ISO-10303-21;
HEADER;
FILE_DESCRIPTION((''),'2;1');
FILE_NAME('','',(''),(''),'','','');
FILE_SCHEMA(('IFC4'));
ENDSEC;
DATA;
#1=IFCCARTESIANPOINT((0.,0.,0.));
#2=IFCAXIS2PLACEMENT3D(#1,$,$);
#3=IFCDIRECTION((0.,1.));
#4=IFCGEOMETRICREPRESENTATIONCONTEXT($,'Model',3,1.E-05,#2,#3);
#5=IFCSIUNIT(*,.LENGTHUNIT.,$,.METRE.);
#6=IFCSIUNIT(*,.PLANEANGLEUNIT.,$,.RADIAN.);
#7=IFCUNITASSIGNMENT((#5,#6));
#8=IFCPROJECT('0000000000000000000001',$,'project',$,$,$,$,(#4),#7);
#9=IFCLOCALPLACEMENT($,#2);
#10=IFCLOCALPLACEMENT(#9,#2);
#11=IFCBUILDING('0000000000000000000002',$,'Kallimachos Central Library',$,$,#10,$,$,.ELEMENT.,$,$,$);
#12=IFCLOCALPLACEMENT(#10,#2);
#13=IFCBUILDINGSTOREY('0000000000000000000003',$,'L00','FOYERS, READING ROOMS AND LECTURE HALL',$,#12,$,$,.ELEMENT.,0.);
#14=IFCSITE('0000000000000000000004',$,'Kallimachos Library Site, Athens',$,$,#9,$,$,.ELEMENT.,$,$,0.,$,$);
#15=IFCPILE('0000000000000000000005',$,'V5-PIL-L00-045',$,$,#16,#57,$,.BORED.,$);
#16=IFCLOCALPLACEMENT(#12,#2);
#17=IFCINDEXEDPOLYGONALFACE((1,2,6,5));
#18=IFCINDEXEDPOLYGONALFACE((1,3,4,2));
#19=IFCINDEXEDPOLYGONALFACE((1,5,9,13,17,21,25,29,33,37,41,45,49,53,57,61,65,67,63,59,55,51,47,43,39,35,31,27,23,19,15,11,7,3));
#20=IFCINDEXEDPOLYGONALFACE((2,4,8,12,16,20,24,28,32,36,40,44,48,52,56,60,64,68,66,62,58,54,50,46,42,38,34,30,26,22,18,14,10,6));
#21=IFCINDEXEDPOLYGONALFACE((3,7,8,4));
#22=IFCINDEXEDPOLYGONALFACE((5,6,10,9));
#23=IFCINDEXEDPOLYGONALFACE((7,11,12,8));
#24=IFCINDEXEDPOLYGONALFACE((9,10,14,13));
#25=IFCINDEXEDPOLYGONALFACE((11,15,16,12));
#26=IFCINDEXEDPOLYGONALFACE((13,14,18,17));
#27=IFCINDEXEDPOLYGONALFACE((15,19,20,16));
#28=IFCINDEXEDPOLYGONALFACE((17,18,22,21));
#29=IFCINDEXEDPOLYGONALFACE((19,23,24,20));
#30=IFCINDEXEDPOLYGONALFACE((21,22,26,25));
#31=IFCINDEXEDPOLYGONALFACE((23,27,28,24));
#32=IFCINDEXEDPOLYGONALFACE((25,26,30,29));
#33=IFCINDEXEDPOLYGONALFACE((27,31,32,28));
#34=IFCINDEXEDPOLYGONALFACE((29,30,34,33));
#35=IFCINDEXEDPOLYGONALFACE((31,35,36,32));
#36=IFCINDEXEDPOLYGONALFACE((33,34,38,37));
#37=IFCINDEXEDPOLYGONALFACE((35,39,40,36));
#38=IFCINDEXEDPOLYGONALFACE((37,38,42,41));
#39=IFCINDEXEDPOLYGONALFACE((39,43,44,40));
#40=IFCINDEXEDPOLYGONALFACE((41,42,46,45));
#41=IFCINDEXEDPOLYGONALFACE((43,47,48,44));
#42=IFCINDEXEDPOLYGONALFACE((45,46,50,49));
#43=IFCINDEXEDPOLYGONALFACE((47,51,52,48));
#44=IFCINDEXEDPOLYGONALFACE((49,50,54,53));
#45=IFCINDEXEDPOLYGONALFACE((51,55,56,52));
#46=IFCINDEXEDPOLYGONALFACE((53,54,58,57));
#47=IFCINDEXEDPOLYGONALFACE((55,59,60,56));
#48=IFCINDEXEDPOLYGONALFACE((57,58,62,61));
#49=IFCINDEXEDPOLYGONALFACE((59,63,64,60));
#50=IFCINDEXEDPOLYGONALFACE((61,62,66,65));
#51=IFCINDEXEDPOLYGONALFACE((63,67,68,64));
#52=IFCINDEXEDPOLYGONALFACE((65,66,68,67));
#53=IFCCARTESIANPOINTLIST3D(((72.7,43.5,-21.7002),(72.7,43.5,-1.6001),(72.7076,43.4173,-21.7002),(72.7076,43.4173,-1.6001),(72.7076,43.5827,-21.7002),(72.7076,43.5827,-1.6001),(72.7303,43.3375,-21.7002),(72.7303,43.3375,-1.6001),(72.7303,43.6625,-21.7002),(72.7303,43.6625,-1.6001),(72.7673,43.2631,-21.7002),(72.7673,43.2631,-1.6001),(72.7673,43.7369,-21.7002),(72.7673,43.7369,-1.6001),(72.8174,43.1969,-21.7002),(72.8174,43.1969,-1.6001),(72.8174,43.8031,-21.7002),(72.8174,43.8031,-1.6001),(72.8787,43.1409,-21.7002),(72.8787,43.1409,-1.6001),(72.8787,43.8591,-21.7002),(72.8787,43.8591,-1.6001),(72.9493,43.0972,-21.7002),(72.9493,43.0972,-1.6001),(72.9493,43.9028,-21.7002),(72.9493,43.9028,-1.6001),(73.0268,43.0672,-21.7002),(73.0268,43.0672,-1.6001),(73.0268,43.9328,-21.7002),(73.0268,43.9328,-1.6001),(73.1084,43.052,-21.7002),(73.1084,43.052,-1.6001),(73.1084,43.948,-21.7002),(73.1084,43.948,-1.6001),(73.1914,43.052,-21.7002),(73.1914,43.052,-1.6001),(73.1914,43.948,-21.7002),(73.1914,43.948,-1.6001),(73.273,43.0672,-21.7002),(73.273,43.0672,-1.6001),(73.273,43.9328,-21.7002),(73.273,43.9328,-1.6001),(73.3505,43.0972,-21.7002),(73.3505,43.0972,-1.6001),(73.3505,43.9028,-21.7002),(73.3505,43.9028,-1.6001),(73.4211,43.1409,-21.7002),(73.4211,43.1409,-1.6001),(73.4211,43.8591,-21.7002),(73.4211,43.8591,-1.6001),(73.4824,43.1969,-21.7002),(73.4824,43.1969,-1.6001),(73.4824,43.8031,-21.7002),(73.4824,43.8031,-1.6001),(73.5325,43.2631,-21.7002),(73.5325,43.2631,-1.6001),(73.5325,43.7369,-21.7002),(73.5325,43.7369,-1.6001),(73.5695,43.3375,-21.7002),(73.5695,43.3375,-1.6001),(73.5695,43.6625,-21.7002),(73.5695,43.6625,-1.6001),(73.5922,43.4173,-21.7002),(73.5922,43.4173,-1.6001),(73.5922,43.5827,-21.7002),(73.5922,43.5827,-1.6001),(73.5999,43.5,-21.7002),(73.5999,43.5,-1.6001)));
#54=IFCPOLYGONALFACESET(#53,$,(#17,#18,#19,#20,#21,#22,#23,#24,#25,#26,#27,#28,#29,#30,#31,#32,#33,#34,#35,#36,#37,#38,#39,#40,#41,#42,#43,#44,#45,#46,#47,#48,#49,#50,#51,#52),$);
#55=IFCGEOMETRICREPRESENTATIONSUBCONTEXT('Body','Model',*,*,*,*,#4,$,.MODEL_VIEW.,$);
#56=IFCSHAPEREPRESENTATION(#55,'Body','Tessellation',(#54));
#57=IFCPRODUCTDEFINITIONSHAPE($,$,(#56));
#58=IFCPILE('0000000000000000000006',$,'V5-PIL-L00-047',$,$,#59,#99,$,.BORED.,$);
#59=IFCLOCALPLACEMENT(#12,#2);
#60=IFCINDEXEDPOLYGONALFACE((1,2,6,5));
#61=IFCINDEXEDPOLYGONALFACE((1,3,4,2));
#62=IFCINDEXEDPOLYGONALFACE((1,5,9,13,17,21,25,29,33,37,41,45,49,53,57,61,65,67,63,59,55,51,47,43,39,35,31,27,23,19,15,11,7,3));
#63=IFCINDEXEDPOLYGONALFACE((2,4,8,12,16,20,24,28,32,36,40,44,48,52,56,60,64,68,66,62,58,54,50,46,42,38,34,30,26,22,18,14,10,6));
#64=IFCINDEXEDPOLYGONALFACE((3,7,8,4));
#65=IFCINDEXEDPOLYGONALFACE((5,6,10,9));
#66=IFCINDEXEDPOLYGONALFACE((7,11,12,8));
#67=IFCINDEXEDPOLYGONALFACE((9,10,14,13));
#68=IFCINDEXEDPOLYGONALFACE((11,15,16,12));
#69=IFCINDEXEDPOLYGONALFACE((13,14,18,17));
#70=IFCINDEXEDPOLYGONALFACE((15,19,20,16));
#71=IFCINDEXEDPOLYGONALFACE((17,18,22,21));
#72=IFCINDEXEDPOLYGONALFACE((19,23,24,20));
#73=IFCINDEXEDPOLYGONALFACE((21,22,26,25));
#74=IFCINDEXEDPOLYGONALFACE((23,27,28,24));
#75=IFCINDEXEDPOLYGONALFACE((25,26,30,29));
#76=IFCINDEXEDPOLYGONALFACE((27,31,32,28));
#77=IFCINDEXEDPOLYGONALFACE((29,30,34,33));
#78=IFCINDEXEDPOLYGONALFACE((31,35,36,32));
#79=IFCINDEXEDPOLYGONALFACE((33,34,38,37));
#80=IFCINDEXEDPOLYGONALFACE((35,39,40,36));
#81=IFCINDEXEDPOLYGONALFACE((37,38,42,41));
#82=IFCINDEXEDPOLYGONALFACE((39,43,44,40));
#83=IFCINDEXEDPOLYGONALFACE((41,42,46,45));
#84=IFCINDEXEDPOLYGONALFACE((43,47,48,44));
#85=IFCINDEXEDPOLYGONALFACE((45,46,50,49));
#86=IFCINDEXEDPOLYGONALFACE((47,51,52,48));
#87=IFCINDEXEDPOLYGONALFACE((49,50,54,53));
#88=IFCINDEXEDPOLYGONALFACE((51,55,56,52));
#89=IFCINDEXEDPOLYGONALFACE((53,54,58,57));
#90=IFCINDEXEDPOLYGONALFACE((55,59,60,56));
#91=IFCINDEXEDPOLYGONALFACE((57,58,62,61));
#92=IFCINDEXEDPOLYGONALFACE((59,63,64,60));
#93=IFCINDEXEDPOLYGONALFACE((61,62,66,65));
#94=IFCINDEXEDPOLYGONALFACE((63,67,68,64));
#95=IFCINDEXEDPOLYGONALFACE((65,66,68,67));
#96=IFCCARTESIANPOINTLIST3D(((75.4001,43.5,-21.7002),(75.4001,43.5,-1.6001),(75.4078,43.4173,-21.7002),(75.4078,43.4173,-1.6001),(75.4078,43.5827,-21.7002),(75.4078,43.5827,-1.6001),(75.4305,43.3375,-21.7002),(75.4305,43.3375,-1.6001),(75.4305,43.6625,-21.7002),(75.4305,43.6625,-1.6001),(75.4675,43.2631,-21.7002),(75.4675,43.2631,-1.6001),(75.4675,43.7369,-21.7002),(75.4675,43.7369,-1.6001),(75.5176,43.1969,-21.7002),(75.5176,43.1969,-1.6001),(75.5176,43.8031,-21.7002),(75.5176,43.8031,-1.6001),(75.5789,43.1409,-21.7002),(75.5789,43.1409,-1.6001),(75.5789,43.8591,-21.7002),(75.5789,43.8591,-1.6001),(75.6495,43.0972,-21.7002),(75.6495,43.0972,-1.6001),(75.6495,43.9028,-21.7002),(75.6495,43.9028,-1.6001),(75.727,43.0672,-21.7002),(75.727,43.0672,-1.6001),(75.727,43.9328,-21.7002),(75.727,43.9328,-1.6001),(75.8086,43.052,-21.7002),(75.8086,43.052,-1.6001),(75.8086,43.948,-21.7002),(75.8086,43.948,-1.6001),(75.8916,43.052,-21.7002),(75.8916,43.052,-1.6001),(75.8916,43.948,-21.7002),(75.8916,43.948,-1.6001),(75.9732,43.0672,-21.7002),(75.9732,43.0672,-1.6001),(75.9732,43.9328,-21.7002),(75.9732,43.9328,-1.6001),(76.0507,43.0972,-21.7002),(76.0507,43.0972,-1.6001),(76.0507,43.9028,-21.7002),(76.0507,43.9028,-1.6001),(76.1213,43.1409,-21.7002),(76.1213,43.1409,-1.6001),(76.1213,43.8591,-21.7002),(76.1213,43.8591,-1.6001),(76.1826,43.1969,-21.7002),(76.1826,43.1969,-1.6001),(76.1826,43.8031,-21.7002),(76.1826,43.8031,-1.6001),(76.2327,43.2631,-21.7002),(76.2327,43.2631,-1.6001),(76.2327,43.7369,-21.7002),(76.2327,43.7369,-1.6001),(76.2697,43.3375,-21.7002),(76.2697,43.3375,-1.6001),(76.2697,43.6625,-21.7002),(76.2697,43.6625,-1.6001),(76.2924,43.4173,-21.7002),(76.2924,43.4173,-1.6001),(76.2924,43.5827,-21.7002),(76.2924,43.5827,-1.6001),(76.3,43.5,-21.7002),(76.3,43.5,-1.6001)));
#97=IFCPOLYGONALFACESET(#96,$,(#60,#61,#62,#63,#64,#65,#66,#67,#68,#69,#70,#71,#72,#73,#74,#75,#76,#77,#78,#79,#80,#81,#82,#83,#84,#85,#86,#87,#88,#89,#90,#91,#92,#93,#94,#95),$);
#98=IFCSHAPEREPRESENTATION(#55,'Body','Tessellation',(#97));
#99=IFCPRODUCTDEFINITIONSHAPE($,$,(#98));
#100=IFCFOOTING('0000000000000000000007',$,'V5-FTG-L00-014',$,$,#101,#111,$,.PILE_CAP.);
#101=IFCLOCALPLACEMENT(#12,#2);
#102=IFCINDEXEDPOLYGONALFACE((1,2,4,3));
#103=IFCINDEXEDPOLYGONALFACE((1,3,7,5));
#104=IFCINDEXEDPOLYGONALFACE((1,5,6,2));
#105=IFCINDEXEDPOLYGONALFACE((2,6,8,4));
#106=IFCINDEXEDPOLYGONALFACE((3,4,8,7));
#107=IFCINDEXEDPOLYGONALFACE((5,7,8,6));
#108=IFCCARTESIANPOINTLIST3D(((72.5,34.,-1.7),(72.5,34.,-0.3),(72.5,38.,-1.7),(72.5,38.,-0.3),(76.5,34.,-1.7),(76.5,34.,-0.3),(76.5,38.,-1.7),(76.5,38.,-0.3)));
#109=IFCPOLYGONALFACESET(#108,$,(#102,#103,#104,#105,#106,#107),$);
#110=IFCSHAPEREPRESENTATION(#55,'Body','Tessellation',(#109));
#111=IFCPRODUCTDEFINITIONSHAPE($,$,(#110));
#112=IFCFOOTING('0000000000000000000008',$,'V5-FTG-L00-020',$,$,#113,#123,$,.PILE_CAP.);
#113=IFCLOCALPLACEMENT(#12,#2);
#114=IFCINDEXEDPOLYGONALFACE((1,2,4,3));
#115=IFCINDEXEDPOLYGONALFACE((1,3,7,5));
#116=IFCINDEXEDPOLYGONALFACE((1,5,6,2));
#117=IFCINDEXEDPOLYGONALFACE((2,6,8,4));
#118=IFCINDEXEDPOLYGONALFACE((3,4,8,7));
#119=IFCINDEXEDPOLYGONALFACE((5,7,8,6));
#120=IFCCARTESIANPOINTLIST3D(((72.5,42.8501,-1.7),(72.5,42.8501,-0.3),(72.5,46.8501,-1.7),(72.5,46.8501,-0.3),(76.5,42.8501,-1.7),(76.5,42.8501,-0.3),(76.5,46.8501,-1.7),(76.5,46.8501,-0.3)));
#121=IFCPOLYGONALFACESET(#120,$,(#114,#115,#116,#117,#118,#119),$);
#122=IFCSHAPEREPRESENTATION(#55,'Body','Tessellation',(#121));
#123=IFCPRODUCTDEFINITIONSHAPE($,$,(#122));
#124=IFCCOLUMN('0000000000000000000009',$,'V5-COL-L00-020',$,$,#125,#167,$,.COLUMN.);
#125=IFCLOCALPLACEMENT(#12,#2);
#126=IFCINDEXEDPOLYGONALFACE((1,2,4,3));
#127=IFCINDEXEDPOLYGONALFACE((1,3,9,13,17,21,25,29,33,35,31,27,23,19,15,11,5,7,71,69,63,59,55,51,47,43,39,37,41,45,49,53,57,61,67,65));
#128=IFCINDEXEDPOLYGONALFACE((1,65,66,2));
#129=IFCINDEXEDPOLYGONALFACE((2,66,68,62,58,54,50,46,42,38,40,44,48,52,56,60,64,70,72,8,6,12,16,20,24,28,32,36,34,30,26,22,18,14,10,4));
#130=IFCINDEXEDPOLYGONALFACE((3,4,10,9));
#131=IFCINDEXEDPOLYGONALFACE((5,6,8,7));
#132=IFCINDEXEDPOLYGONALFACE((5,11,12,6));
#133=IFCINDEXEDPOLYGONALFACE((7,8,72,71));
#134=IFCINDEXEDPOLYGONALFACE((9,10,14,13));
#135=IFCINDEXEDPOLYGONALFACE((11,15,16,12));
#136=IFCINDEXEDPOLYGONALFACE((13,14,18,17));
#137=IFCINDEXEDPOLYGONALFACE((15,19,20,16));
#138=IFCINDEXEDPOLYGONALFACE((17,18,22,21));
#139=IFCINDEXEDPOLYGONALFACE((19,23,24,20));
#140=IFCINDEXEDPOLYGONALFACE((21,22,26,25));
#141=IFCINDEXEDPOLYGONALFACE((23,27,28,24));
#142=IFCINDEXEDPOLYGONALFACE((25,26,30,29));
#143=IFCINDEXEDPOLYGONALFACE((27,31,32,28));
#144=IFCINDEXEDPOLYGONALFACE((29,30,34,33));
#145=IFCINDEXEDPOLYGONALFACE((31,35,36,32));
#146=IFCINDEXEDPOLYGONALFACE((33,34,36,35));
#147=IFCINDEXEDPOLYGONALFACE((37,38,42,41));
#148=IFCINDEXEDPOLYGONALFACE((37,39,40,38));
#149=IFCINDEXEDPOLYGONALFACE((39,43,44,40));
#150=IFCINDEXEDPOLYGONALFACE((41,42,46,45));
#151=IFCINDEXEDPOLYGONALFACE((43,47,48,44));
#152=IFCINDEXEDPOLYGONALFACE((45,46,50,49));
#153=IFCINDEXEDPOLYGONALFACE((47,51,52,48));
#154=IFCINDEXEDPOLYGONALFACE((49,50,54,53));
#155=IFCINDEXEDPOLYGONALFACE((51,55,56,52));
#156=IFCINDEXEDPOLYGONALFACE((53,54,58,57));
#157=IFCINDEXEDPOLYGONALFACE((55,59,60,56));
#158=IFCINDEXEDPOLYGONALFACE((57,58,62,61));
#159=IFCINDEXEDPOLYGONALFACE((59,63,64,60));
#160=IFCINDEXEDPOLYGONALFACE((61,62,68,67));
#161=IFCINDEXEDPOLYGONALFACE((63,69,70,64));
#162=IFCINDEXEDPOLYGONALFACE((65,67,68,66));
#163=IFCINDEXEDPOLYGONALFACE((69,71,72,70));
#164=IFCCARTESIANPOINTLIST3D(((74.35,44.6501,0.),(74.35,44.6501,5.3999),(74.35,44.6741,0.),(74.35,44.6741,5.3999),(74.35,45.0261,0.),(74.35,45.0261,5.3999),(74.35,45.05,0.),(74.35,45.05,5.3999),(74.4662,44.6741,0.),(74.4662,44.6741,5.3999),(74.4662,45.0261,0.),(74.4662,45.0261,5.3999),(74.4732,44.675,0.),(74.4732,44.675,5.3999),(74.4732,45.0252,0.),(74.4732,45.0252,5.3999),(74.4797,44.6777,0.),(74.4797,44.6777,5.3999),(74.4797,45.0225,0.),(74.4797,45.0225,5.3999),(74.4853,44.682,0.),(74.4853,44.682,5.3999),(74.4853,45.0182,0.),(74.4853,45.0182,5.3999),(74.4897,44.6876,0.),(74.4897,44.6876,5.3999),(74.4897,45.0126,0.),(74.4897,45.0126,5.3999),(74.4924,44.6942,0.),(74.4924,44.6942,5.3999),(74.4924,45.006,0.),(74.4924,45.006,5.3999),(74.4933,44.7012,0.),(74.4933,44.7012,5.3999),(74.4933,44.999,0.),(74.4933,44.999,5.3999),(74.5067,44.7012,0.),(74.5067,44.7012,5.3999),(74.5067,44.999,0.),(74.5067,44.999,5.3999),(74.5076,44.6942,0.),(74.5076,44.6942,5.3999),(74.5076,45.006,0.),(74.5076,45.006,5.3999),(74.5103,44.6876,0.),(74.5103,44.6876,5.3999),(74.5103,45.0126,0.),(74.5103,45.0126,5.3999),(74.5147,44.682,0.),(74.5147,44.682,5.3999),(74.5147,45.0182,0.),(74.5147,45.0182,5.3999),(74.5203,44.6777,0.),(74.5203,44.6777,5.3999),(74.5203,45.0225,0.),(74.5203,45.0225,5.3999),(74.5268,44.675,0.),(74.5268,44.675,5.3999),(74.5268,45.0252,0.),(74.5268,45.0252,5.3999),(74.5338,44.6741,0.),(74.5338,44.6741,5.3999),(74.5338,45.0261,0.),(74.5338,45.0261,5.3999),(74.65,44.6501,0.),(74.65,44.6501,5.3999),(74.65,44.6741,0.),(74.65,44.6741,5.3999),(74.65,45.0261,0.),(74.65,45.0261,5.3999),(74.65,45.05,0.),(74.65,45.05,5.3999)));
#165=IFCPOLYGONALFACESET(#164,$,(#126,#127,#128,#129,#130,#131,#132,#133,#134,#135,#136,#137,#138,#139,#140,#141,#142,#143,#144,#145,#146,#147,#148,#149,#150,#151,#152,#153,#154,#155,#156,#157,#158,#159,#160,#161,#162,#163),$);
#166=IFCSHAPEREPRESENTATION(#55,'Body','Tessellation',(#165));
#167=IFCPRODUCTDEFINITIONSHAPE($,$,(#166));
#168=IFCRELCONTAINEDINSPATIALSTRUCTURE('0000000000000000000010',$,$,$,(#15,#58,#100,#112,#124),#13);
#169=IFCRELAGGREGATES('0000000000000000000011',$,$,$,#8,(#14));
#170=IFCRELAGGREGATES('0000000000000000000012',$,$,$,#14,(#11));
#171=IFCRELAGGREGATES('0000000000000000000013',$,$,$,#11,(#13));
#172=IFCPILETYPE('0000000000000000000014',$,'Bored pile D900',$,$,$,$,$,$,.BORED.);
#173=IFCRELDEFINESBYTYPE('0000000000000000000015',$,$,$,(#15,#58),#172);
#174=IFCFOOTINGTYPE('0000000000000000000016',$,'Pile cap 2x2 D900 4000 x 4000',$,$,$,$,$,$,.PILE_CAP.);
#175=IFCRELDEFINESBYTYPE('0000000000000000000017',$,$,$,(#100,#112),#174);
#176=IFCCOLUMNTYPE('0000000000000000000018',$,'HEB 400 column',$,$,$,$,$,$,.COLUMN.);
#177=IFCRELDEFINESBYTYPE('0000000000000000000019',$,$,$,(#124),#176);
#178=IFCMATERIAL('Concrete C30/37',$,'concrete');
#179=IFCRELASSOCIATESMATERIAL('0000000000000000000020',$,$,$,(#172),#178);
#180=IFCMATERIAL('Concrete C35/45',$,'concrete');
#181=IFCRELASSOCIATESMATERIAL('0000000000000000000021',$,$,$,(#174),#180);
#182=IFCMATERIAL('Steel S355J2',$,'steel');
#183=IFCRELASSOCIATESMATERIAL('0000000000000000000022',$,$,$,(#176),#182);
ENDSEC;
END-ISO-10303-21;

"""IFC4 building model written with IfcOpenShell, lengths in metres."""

from ifc_helpers import new_model, si_unit, direction, frame, origin, origin_2d, place, context, subcontext, project, spatial, rectangle, circle, i_section, extrude, material, material_profile, profile_set, type_object, element, save


model = new_model("IFC4")

# Units and contexts
model_context = context("Model", 3, precision=1e-05, world=origin(), true_north=direction((0.0, 1.0)))
body_context = subcontext(model_context, "Body", "Model", "MODEL_VIEW")
ifc_project = project(units=[si_unit("LENGTHUNIT", "METRE"), si_unit("PLANEANGLEUNIT", "RADIAN")], contexts=[model_context])

# Site, building, storey
site_placement = place(None, origin())
site = spatial("IfcSite", under=ifc_project, at=site_placement, Name="Kallimachos Library Site, Athens", CompositionType="ELEMENT", RefElevation=0.0)
building_placement = place(site_placement, origin())
building = spatial("IfcBuilding", under=site, at=building_placement, Name="Kallimachos Central Library", CompositionType="ELEMENT")
storey_placement = place(building_placement, origin())
storey = spatial("IfcBuildingStorey", under=building, at=storey_placement, Name="L00", Description="FOYERS, READING ROOMS AND LECTURE HALL", CompositionType="ELEMENT", Elevation=0.0)

# Piles
ifc_material_1 = material(Name="Concrete C30/37", Category="concrete")
pile_type = type_object("IfcPileType", Name="Bored pile D900", PredefinedType="BORED", material=ifc_material_1)
for number, where, z_axis, x_axis, name in (
    (1, (73.1499, 43.5, -1.6001), (0.0, 0.0, -1.0), (1.0, 0.0, 0.0), "V5-PIL-L00-045"),
    (2, (75.8501, 43.5, -1.6001), (0.0, 0.0, -1.0), (1.0, 0.0, 0.0), "V5-PIL-L00-047"),
):
    element("IfcPile", number, at=place(storey_placement, frame(where, z_axis=z_axis, x_axis=x_axis)), inside=storey, type_object=pile_type, Name=name, PredefinedType="BORED", context=body_context, shape_type="SweptSolid", body=[
        extrude(circle(Radius=0.45, at=origin_2d()), origin(), (0.0, 0.0, 1.0), 20.1001),
    ])

# Footings
ifc_material_2 = material(Name="Concrete C35/45", Category="concrete")
footing_type = type_object("IfcFootingType", Name="Pile cap 2x2 D900 4000 x 4000", PredefinedType="PILE_CAP", material=ifc_material_2)
for number, where, z_axis, x_axis, name in (
    (3, (74.5, 36.0, -1.7), (0.0, 0.0, 1.0), (1.0, 0.0, 0.0), "V5-FTG-L00-014"),
    (4, (74.5, 44.8501, -1.7), (0.0, 0.0, 1.0), (1.0, 0.0, 0.0), "V5-FTG-L00-020"),
):
    element("IfcFooting", number, at=place(storey_placement, frame(where, z_axis=z_axis, x_axis=x_axis)), inside=storey, type_object=footing_type, Name=name, PredefinedType="PILE_CAP", context=body_context, shape_type="SweptSolid", body=[
        extrude(rectangle(XDim=4.0, YDim=4.0, at=origin_2d()), origin(), (0.0, 0.0, 1.0), 1.3999),
    ])

# Column
ifc_material_3 = material(Name="Steel S355J2", Category="steel")
ifc_material_profile_1 = material_profile(ifc_material_3, i_section(OverallWidth=0.3, OverallDepth=0.3999, WebThickness=0.0134, FlangeThickness=0.0239, FilletRadius=0.0271, at=origin_2d()), Name="HEB 400")
ifc_profile_set_1 = profile_set([ifc_material_profile_1], Name="Steel S355J2")
column_type_1 = type_object("IfcColumnType", Name="HEB 400 column", PredefinedType="COLUMN", material=ifc_profile_set_1)
column_1_placement = place(storey_placement, frame((74.5, 44.8501, 0.0), z_axis=(0.0, 0.0, 1.0), x_axis=(1.0, 0.0, 0.0)))
element("IfcColumn", 5, at=column_1_placement, inside=storey, type_object=column_type_1, Name="V5-COL-L00-020", PredefinedType="COLUMN", context=body_context, shape_type="SweptSolid", body=[
    extrude(i_section(OverallWidth=0.3, OverallDepth=0.3999, WebThickness=0.0134, FlangeThickness=0.0239, FilletRadius=0.0271, at=origin_2d()), origin(), (0.0, 0.0, 1.0), 5.3999),
])

save(model, "model.ifc")
